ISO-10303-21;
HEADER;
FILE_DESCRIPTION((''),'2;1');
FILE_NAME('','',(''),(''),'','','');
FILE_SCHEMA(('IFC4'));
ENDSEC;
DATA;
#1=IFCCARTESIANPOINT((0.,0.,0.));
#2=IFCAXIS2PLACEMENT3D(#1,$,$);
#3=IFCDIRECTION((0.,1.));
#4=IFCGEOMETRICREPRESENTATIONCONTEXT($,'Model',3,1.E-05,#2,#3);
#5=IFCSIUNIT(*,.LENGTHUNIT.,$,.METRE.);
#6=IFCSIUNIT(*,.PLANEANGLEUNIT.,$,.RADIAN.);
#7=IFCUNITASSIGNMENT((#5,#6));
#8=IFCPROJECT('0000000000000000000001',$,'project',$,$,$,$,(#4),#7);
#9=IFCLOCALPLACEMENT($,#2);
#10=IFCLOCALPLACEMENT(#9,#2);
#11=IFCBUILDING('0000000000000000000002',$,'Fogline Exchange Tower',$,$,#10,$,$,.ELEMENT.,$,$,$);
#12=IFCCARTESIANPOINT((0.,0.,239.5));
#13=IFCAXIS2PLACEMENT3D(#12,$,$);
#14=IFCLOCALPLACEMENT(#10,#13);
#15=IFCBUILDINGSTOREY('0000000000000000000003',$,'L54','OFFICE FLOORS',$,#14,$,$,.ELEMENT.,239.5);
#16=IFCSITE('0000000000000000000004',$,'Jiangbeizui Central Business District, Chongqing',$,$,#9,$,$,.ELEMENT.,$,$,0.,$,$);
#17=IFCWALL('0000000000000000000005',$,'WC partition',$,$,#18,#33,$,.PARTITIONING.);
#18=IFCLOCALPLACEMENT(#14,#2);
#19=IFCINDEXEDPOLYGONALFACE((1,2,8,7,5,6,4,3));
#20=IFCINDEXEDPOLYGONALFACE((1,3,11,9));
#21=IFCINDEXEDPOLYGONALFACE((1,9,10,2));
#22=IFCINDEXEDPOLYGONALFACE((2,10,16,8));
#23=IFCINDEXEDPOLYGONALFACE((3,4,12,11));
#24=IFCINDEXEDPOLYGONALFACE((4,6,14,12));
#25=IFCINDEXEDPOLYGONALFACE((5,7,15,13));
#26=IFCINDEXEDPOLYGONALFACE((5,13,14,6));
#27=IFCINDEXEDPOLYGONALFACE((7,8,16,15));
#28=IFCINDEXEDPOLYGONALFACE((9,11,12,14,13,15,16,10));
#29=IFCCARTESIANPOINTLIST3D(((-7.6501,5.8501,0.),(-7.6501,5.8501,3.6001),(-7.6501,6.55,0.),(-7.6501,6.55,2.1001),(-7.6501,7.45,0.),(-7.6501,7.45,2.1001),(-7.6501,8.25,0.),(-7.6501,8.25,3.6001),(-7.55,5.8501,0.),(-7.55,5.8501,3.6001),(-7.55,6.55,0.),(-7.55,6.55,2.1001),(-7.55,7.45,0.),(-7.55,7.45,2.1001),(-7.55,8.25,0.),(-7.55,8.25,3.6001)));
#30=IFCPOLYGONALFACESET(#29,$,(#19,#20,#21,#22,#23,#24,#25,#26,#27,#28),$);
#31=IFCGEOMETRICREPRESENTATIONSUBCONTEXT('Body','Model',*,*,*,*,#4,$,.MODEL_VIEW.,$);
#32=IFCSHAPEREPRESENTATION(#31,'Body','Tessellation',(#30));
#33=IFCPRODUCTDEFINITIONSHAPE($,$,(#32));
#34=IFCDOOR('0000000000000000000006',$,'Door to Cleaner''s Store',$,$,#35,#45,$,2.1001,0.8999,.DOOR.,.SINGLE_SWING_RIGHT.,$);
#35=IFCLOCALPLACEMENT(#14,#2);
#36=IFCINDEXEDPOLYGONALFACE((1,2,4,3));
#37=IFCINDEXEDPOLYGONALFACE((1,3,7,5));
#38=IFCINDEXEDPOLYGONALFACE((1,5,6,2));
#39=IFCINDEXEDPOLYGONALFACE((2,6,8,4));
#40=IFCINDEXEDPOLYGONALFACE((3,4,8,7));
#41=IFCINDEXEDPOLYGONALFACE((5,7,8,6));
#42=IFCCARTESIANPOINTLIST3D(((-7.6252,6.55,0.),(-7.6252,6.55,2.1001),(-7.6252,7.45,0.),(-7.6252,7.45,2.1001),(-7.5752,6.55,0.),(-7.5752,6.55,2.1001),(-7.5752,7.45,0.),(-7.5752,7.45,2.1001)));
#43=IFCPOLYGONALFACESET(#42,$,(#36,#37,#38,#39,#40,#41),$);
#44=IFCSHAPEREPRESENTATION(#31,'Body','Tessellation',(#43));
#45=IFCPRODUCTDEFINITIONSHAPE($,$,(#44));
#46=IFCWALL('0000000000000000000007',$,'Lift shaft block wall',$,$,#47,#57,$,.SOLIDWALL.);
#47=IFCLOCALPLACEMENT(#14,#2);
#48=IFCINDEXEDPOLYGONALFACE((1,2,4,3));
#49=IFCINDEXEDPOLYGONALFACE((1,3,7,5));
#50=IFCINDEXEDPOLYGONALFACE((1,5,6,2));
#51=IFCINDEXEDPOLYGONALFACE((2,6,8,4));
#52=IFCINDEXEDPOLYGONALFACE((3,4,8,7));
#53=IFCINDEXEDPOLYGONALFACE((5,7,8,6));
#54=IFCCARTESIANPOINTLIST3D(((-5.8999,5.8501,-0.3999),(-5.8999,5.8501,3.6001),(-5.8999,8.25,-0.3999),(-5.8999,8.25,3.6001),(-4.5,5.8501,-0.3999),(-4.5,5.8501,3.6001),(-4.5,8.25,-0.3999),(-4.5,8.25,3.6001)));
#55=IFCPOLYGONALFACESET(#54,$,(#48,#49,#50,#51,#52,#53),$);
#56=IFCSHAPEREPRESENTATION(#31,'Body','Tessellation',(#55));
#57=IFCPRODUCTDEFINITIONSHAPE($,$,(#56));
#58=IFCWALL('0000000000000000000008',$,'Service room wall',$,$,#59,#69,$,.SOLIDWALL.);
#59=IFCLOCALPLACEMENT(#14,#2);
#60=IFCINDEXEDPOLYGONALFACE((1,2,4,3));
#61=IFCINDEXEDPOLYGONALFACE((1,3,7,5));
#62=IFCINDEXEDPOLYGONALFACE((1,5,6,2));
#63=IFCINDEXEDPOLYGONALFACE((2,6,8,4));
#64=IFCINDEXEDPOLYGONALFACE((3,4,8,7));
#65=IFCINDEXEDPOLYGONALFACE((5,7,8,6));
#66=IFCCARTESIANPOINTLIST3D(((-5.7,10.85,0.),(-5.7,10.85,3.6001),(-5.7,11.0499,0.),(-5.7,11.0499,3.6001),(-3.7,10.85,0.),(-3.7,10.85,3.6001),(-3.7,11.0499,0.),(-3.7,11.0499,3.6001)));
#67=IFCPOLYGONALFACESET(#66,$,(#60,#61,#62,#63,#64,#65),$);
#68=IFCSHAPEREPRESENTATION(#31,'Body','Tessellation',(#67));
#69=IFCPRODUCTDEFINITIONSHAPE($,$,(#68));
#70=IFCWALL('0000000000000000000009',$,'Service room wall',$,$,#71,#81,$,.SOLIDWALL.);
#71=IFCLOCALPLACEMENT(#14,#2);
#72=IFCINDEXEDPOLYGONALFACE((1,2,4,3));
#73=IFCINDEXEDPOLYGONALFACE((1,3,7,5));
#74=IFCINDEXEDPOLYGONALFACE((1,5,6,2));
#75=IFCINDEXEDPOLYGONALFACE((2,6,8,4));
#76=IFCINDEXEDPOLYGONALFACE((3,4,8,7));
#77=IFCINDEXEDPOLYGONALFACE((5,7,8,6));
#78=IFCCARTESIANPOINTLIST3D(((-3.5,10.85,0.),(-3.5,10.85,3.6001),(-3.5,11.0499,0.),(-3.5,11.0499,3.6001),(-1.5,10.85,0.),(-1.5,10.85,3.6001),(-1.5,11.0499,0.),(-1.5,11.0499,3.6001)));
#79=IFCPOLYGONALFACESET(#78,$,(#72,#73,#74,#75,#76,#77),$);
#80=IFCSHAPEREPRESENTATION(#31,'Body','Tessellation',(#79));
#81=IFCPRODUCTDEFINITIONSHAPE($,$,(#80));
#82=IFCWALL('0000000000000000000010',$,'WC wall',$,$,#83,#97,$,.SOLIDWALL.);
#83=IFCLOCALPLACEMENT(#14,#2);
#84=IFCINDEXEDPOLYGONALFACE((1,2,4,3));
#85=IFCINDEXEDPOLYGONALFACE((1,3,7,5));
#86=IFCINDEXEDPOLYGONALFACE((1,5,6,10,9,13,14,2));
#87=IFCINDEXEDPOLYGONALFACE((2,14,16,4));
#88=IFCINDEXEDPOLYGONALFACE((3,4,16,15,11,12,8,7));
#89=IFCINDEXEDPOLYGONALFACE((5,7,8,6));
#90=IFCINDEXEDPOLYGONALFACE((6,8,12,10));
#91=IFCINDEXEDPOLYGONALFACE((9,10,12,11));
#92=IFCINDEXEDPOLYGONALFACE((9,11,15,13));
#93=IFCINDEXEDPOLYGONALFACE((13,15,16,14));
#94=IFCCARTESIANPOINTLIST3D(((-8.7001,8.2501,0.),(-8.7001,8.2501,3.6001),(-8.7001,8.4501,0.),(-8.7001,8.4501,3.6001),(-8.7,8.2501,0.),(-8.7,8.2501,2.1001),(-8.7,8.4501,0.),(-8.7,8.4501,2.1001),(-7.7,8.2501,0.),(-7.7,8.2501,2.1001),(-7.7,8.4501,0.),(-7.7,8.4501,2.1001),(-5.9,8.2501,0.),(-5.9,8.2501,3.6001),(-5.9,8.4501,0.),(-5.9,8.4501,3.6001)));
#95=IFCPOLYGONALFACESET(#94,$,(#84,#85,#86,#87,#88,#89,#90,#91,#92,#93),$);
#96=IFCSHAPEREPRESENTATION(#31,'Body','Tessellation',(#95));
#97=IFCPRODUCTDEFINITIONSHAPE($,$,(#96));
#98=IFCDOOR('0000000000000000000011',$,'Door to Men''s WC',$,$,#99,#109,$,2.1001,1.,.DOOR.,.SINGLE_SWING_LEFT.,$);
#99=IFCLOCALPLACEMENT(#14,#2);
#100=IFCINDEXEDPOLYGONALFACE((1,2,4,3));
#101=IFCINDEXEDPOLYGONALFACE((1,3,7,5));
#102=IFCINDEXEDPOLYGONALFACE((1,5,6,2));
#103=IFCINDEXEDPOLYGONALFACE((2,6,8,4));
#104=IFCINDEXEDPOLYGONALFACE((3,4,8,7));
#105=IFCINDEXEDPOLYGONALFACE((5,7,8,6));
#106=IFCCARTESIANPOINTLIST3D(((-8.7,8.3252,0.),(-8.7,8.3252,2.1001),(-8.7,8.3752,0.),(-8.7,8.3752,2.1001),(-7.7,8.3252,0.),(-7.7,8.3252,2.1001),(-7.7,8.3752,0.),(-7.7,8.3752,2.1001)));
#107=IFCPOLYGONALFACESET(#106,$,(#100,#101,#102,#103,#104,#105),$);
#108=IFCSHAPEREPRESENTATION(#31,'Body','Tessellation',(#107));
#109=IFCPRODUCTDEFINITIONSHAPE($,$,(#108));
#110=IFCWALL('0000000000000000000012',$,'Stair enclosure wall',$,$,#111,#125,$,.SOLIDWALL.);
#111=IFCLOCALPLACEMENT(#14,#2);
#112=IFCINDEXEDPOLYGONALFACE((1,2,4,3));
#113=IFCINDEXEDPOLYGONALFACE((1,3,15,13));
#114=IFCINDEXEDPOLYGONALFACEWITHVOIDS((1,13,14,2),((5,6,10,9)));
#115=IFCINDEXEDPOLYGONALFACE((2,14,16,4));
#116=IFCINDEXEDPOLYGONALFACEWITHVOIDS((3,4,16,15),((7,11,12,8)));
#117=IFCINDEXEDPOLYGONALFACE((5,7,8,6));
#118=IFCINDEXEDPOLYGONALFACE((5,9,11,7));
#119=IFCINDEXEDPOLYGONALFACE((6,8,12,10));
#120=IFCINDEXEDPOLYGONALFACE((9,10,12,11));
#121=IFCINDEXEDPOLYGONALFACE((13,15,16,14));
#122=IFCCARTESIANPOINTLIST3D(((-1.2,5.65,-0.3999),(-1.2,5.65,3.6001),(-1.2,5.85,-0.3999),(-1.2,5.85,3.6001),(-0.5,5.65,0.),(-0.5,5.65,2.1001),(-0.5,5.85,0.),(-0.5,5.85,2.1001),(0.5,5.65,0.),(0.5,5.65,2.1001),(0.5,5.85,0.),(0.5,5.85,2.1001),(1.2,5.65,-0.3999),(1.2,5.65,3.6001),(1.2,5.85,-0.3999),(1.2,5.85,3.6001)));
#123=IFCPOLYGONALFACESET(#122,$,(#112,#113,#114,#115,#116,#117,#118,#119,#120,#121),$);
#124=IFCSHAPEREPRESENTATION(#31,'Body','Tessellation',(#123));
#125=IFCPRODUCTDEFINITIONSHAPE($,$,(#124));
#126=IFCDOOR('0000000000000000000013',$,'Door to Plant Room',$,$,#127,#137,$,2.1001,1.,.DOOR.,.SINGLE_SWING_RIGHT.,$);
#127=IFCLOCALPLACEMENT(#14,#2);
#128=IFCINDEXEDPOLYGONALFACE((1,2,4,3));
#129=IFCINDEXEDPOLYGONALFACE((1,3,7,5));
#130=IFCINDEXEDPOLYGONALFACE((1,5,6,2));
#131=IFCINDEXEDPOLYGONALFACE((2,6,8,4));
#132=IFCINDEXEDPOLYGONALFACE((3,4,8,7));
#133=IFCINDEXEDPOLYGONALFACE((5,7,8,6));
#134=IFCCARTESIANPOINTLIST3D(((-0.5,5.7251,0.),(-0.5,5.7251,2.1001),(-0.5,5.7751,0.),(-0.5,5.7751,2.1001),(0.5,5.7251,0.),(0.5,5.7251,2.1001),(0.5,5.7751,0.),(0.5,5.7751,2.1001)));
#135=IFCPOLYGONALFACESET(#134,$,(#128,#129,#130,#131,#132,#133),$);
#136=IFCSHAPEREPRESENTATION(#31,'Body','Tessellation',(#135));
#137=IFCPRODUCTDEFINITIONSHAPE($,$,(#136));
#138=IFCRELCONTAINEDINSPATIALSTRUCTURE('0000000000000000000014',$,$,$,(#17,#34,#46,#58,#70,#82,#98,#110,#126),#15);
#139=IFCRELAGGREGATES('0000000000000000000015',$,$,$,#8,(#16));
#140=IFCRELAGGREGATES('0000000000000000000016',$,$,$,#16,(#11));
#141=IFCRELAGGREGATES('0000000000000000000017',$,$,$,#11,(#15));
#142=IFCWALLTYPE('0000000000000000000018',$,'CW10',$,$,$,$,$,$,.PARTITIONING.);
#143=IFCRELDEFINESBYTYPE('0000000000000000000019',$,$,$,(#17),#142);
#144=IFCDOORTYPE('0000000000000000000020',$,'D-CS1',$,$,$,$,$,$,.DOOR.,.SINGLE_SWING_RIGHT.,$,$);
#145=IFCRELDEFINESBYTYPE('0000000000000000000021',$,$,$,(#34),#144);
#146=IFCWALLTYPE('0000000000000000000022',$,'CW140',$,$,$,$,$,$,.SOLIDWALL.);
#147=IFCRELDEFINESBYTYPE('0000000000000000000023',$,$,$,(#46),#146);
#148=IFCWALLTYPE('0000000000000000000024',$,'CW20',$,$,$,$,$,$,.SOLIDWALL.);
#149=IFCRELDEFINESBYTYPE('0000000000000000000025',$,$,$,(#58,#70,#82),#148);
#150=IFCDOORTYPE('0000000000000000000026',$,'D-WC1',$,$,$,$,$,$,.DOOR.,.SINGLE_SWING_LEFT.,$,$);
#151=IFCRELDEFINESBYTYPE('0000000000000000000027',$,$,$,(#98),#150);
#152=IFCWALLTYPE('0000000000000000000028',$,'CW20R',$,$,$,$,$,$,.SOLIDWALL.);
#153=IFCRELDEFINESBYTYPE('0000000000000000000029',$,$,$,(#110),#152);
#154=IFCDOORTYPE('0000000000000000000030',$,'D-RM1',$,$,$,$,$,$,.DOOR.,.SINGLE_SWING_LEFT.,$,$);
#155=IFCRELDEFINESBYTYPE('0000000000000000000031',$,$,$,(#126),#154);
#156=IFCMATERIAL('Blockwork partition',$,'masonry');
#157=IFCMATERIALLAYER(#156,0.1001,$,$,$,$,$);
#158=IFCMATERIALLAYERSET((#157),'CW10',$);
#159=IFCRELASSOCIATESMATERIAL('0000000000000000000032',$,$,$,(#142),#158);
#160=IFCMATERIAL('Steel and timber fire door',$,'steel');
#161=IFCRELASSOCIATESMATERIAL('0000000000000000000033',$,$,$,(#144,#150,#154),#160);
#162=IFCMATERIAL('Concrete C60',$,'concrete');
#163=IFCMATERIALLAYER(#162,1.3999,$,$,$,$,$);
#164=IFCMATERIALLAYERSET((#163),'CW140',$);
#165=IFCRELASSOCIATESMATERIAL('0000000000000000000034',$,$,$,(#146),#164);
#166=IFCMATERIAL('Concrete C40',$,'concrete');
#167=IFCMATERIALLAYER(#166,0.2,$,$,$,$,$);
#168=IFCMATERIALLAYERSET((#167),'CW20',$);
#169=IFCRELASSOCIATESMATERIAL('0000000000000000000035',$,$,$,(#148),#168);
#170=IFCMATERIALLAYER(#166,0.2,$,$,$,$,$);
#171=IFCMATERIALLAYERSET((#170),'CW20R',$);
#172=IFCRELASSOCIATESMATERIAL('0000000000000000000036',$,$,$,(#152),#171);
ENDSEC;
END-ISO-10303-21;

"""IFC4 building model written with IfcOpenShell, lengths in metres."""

from ifc_helpers import new_model, si_unit, direction, frame, frame_2d, origin, place, context, subcontext, project, spatial, rectangle, extrude, material, layer, layer_set, type_object, element, fill, save


model = new_model("IFC4")

# Units and contexts
model_context = context("Model", 3, precision=1e-05, world=origin(), true_north=direction((0.0, 1.0)))
body_context = subcontext(model_context, "Body", "Model", "MODEL_VIEW")
ifc_project = project(units=[si_unit("LENGTHUNIT", "METRE"), si_unit("PLANEANGLEUNIT", "RADIAN")], contexts=[model_context])

# Site, building, storey
site_placement = place(None, origin())
site = spatial("IfcSite", under=ifc_project, at=site_placement, Name="Jiangbeizui Central Business District, Chongqing", CompositionType="ELEMENT", RefElevation=0.0)
building_placement = place(site_placement, origin())
building = spatial("IfcBuilding", under=site, at=building_placement, Name="Fogline Exchange Tower", CompositionType="ELEMENT")
storey_placement = place(building_placement, frame((0.0, 0.0, 239.5)))
storey = spatial("IfcBuildingStorey", under=building, at=storey_placement, Name="L54", Description="OFFICE FLOORS", CompositionType="ELEMENT", Elevation=239.5)

# Wall, opening, door
ifc_material_1 = material(Name="Blockwork partition", Category="masonry")
ifc_layer_1 = layer(ifc_material_1, 0.1001)
ifc_layer_set_1 = layer_set([ifc_layer_1], Name="CW10")
wall_type_1 = type_object("IfcWallType", Name="CW10", PredefinedType="PARTITIONING", material=ifc_layer_set_1)
wall_1_placement = place(storey_placement, frame((-7.6001, 5.8501, 0.0), z_axis=(0.0, 0.0, 1.0), x_axis=(0.0, 1.0, 0.0)))
wall_1 = element("IfcWall", 1, at=wall_1_placement, inside=storey, type_object=wall_type_1, Name="WC partition", PredefinedType="PARTITIONING", context=body_context, shape_type="SweptSolid", body=[
    extrude(rectangle(XDim=2.3999, YDim=0.1001, at=frame_2d((1.2, 0.0))), origin(), (0.0, 0.0, 1.0), 3.6001),
])
opening_1_placement = place(wall_1_placement, frame((0.7, 0.0, 0.0)))
opening_1 = element("IfcOpeningElement", 2, at=opening_1_placement, cuts=wall_1, PredefinedType="OPENING", context=body_context, shape_type="SweptSolid", body=[
    extrude(rectangle(XDim=0.8999, YDim=2.1001, at=frame_2d((0.45, 1.05))), frame((0.0, 0.0601, 0.0), z_axis=(0.0, -1.0, 0.0), x_axis=(1.0, 0.0, 0.0)), (0.0, 0.0, 1.0), 0.1201),
])
ifc_material_2 = material(Name="Steel and timber fire door", Category="steel")
door_type_1 = type_object("IfcDoorType", Name="D-CS1", OperationType="SINGLE_SWING_RIGHT", PredefinedType="DOOR", material=ifc_material_2)
door_1_placement = place(opening_1_placement, frame((0.8999, 0.0, 0.0), z_axis=(0.0, 0.0, 1.0), x_axis=(-1.0, 0.0, 0.0)))
door_1 = element("IfcDoor", 3, at=door_1_placement, inside=storey, type_object=door_type_1, Name="Door to Cleaner's Store", OperationType="SINGLE_SWING_RIGHT", OverallHeight=2.1001, OverallWidth=0.8999, PredefinedType="DOOR", context=body_context, shape_type="SweptSolid", body=[
    extrude(rectangle(XDim=0.8999, YDim=2.1001, at=frame_2d((0.45, 1.05))), frame((0.0, 0.0249, 0.0), z_axis=(0.0, -1.0, 0.0), x_axis=(1.0, 0.0, 0.0)), (0.0, 0.0, 1.0), 0.05),
])
fill(opening_1, door_1)

# Walls
ifc_material_3 = material(Name="Concrete C60", Category="concrete")
ifc_layer_2 = layer(ifc_material_3, 1.3999)
ifc_layer_set_2 = layer_set([ifc_layer_2], Name="CW140")
wall_type_2 = type_object("IfcWallType", Name="CW140", PredefinedType="SOLIDWALL", material=ifc_layer_set_2)
wall_2_placement = place(storey_placement, frame((-5.2, 5.8501, -0.3999), z_axis=(0.0, 0.0, 1.0), x_axis=(0.0, 1.0, 0.0)))
element("IfcWall", 4, at=wall_2_placement, inside=storey, type_object=wall_type_2, Name="Lift shaft block wall", PredefinedType="SOLIDWALL", context=body_context, shape_type="SweptSolid", body=[
    extrude(rectangle(XDim=2.3999, YDim=1.3999, at=frame_2d((1.2, 0.0))), origin(), (0.0, 0.0, 1.0), 4.0),
])
ifc_material_4 = material(Name="Concrete C40", Category="concrete")
ifc_layer_3 = layer(ifc_material_4, 0.2)
ifc_layer_set_3 = layer_set([ifc_layer_3], Name="CW20")
wall_type_3 = type_object("IfcWallType", Name="CW20", PredefinedType="SOLIDWALL", material=ifc_layer_set_3)
for number, where, z_axis, x_axis, name in (
    (5, (-5.7, 10.95, 0.0), (0.0, 0.0, 1.0), (1.0, 0.0, 0.0), "Service room wall"),
    (6, (-3.5, 10.95, 0.0), (0.0, 0.0, 1.0), (1.0, 0.0, 0.0), "Service room wall"),
):
    element("IfcWall", number, at=place(storey_placement, frame(where, z_axis=z_axis, x_axis=x_axis)), inside=storey, type_object=wall_type_3, Name=name, PredefinedType="SOLIDWALL", context=body_context, shape_type="SweptSolid", body=[
        extrude(rectangle(XDim=2.0, YDim=0.2, at=frame_2d((1.0, 0.0))), origin(), (0.0, 0.0, 1.0), 3.6001),
    ])

# Walls, openings, doors
wall_3_placement = place(storey_placement, frame((-8.7, 8.3501, 0.0), z_axis=(0.0, 0.0, 1.0), x_axis=(1.0, 0.0, 0.0)))
wall_3 = element("IfcWall", 7, at=wall_3_placement, inside=storey, type_object=wall_type_3, Name="WC wall", PredefinedType="SOLIDWALL", context=body_context, shape_type="SweptSolid", body=[
    extrude(rectangle(XDim=2.8, YDim=0.2, at=frame_2d((1.3999, 0.0))), origin(), (0.0, 0.0, 1.0), 3.6001),
])
opening_2_placement = place(wall_3_placement, origin())
opening_2 = element("IfcOpeningElement", 8, at=opening_2_placement, cuts=wall_3, PredefinedType="OPENING", context=body_context, shape_type="SweptSolid", body=[
    extrude(rectangle(XDim=1.0, YDim=2.1001, at=frame_2d((0.5, 1.05))), frame((0.0, 0.1099, 0.0), z_axis=(0.0, -1.0, 0.0), x_axis=(1.0, 0.0, 0.0)), (0.0, 0.0, 1.0), 0.22),
])
door_type_2 = type_object("IfcDoorType", Name="D-WC1", OperationType="SINGLE_SWING_LEFT", PredefinedType="DOOR", material=ifc_material_2)
door_2_placement = place(opening_2_placement, frame((1.0, 0.0, 0.0), z_axis=(0.0, 0.0, 1.0), x_axis=(-1.0, 0.0, 0.0)))
door_2 = element("IfcDoor", 9, at=door_2_placement, inside=storey, type_object=door_type_2, Name="Door to Men's WC", OperationType="SINGLE_SWING_LEFT", OverallHeight=2.1001, OverallWidth=1.0, PredefinedType="DOOR", context=body_context, shape_type="SweptSolid", body=[
    extrude(rectangle(XDim=1.0, YDim=2.1001, at=frame_2d((0.5, 1.05))), frame((0.0, 0.0249, 0.0), z_axis=(0.0, -1.0, 0.0), x_axis=(1.0, 0.0, 0.0)), (0.0, 0.0, 1.0), 0.05),
])
fill(opening_2, door_2)
ifc_layer_4 = layer(ifc_material_4, 0.2)
ifc_layer_set_4 = layer_set([ifc_layer_4], Name="CW20R")
wall_type_4 = type_object("IfcWallType", Name="CW20R", PredefinedType="SOLIDWALL", material=ifc_layer_set_4)
wall_4_placement = place(storey_placement, frame((-1.2, 5.75, -0.3999), z_axis=(0.0, 0.0, 1.0), x_axis=(1.0, 0.0, 0.0)))
wall_4 = element("IfcWall", 10, at=wall_4_placement, inside=storey, type_object=wall_type_4, Name="Stair enclosure wall", PredefinedType="SOLIDWALL", context=body_context, shape_type="SweptSolid", body=[
    extrude(rectangle(XDim=2.3999, YDim=0.2, at=frame_2d((1.2, 0.0))), origin(), (0.0, 0.0, 1.0), 4.0),
])
opening_3_placement = place(wall_4_placement, frame((0.7, 0.0, 0.3999)))
opening_3 = element("IfcOpeningElement", 11, at=opening_3_placement, cuts=wall_4, PredefinedType="OPENING", context=body_context, shape_type="SweptSolid", body=[
    extrude(rectangle(XDim=1.0, YDim=2.1001, at=frame_2d((0.5, 1.05))), frame((0.0, 0.1099, 0.0), z_axis=(0.0, -1.0, 0.0), x_axis=(1.0, 0.0, 0.0)), (0.0, 0.0, 1.0), 0.22),
])
door_type_3 = type_object("IfcDoorType", Name="D-RM1", OperationType="SINGLE_SWING_LEFT", PredefinedType="DOOR", material=ifc_material_2)
door_3_placement = place(opening_3_placement, frame((1.0, 0.0, 0.0), z_axis=(0.0, 0.0, 1.0), x_axis=(-1.0, 0.0, 0.0)))
door_3 = element("IfcDoor", 12, at=door_3_placement, inside=storey, type_object=door_type_3, Name="Door to Plant Room", OperationType="SINGLE_SWING_RIGHT", OverallHeight=2.1001, OverallWidth=1.0, PredefinedType="DOOR", context=body_context, shape_type="SweptSolid", body=[
    extrude(rectangle(XDim=1.0, YDim=2.1001, at=frame_2d((0.5, 1.05))), frame((0.0, 0.0249, 0.0), z_axis=(0.0, -1.0, 0.0), x_axis=(1.0, 0.0, 0.0)), (0.0, 0.0, 1.0), 0.05),
])
fill(opening_3, door_3)

save(model, "model.ifc")
